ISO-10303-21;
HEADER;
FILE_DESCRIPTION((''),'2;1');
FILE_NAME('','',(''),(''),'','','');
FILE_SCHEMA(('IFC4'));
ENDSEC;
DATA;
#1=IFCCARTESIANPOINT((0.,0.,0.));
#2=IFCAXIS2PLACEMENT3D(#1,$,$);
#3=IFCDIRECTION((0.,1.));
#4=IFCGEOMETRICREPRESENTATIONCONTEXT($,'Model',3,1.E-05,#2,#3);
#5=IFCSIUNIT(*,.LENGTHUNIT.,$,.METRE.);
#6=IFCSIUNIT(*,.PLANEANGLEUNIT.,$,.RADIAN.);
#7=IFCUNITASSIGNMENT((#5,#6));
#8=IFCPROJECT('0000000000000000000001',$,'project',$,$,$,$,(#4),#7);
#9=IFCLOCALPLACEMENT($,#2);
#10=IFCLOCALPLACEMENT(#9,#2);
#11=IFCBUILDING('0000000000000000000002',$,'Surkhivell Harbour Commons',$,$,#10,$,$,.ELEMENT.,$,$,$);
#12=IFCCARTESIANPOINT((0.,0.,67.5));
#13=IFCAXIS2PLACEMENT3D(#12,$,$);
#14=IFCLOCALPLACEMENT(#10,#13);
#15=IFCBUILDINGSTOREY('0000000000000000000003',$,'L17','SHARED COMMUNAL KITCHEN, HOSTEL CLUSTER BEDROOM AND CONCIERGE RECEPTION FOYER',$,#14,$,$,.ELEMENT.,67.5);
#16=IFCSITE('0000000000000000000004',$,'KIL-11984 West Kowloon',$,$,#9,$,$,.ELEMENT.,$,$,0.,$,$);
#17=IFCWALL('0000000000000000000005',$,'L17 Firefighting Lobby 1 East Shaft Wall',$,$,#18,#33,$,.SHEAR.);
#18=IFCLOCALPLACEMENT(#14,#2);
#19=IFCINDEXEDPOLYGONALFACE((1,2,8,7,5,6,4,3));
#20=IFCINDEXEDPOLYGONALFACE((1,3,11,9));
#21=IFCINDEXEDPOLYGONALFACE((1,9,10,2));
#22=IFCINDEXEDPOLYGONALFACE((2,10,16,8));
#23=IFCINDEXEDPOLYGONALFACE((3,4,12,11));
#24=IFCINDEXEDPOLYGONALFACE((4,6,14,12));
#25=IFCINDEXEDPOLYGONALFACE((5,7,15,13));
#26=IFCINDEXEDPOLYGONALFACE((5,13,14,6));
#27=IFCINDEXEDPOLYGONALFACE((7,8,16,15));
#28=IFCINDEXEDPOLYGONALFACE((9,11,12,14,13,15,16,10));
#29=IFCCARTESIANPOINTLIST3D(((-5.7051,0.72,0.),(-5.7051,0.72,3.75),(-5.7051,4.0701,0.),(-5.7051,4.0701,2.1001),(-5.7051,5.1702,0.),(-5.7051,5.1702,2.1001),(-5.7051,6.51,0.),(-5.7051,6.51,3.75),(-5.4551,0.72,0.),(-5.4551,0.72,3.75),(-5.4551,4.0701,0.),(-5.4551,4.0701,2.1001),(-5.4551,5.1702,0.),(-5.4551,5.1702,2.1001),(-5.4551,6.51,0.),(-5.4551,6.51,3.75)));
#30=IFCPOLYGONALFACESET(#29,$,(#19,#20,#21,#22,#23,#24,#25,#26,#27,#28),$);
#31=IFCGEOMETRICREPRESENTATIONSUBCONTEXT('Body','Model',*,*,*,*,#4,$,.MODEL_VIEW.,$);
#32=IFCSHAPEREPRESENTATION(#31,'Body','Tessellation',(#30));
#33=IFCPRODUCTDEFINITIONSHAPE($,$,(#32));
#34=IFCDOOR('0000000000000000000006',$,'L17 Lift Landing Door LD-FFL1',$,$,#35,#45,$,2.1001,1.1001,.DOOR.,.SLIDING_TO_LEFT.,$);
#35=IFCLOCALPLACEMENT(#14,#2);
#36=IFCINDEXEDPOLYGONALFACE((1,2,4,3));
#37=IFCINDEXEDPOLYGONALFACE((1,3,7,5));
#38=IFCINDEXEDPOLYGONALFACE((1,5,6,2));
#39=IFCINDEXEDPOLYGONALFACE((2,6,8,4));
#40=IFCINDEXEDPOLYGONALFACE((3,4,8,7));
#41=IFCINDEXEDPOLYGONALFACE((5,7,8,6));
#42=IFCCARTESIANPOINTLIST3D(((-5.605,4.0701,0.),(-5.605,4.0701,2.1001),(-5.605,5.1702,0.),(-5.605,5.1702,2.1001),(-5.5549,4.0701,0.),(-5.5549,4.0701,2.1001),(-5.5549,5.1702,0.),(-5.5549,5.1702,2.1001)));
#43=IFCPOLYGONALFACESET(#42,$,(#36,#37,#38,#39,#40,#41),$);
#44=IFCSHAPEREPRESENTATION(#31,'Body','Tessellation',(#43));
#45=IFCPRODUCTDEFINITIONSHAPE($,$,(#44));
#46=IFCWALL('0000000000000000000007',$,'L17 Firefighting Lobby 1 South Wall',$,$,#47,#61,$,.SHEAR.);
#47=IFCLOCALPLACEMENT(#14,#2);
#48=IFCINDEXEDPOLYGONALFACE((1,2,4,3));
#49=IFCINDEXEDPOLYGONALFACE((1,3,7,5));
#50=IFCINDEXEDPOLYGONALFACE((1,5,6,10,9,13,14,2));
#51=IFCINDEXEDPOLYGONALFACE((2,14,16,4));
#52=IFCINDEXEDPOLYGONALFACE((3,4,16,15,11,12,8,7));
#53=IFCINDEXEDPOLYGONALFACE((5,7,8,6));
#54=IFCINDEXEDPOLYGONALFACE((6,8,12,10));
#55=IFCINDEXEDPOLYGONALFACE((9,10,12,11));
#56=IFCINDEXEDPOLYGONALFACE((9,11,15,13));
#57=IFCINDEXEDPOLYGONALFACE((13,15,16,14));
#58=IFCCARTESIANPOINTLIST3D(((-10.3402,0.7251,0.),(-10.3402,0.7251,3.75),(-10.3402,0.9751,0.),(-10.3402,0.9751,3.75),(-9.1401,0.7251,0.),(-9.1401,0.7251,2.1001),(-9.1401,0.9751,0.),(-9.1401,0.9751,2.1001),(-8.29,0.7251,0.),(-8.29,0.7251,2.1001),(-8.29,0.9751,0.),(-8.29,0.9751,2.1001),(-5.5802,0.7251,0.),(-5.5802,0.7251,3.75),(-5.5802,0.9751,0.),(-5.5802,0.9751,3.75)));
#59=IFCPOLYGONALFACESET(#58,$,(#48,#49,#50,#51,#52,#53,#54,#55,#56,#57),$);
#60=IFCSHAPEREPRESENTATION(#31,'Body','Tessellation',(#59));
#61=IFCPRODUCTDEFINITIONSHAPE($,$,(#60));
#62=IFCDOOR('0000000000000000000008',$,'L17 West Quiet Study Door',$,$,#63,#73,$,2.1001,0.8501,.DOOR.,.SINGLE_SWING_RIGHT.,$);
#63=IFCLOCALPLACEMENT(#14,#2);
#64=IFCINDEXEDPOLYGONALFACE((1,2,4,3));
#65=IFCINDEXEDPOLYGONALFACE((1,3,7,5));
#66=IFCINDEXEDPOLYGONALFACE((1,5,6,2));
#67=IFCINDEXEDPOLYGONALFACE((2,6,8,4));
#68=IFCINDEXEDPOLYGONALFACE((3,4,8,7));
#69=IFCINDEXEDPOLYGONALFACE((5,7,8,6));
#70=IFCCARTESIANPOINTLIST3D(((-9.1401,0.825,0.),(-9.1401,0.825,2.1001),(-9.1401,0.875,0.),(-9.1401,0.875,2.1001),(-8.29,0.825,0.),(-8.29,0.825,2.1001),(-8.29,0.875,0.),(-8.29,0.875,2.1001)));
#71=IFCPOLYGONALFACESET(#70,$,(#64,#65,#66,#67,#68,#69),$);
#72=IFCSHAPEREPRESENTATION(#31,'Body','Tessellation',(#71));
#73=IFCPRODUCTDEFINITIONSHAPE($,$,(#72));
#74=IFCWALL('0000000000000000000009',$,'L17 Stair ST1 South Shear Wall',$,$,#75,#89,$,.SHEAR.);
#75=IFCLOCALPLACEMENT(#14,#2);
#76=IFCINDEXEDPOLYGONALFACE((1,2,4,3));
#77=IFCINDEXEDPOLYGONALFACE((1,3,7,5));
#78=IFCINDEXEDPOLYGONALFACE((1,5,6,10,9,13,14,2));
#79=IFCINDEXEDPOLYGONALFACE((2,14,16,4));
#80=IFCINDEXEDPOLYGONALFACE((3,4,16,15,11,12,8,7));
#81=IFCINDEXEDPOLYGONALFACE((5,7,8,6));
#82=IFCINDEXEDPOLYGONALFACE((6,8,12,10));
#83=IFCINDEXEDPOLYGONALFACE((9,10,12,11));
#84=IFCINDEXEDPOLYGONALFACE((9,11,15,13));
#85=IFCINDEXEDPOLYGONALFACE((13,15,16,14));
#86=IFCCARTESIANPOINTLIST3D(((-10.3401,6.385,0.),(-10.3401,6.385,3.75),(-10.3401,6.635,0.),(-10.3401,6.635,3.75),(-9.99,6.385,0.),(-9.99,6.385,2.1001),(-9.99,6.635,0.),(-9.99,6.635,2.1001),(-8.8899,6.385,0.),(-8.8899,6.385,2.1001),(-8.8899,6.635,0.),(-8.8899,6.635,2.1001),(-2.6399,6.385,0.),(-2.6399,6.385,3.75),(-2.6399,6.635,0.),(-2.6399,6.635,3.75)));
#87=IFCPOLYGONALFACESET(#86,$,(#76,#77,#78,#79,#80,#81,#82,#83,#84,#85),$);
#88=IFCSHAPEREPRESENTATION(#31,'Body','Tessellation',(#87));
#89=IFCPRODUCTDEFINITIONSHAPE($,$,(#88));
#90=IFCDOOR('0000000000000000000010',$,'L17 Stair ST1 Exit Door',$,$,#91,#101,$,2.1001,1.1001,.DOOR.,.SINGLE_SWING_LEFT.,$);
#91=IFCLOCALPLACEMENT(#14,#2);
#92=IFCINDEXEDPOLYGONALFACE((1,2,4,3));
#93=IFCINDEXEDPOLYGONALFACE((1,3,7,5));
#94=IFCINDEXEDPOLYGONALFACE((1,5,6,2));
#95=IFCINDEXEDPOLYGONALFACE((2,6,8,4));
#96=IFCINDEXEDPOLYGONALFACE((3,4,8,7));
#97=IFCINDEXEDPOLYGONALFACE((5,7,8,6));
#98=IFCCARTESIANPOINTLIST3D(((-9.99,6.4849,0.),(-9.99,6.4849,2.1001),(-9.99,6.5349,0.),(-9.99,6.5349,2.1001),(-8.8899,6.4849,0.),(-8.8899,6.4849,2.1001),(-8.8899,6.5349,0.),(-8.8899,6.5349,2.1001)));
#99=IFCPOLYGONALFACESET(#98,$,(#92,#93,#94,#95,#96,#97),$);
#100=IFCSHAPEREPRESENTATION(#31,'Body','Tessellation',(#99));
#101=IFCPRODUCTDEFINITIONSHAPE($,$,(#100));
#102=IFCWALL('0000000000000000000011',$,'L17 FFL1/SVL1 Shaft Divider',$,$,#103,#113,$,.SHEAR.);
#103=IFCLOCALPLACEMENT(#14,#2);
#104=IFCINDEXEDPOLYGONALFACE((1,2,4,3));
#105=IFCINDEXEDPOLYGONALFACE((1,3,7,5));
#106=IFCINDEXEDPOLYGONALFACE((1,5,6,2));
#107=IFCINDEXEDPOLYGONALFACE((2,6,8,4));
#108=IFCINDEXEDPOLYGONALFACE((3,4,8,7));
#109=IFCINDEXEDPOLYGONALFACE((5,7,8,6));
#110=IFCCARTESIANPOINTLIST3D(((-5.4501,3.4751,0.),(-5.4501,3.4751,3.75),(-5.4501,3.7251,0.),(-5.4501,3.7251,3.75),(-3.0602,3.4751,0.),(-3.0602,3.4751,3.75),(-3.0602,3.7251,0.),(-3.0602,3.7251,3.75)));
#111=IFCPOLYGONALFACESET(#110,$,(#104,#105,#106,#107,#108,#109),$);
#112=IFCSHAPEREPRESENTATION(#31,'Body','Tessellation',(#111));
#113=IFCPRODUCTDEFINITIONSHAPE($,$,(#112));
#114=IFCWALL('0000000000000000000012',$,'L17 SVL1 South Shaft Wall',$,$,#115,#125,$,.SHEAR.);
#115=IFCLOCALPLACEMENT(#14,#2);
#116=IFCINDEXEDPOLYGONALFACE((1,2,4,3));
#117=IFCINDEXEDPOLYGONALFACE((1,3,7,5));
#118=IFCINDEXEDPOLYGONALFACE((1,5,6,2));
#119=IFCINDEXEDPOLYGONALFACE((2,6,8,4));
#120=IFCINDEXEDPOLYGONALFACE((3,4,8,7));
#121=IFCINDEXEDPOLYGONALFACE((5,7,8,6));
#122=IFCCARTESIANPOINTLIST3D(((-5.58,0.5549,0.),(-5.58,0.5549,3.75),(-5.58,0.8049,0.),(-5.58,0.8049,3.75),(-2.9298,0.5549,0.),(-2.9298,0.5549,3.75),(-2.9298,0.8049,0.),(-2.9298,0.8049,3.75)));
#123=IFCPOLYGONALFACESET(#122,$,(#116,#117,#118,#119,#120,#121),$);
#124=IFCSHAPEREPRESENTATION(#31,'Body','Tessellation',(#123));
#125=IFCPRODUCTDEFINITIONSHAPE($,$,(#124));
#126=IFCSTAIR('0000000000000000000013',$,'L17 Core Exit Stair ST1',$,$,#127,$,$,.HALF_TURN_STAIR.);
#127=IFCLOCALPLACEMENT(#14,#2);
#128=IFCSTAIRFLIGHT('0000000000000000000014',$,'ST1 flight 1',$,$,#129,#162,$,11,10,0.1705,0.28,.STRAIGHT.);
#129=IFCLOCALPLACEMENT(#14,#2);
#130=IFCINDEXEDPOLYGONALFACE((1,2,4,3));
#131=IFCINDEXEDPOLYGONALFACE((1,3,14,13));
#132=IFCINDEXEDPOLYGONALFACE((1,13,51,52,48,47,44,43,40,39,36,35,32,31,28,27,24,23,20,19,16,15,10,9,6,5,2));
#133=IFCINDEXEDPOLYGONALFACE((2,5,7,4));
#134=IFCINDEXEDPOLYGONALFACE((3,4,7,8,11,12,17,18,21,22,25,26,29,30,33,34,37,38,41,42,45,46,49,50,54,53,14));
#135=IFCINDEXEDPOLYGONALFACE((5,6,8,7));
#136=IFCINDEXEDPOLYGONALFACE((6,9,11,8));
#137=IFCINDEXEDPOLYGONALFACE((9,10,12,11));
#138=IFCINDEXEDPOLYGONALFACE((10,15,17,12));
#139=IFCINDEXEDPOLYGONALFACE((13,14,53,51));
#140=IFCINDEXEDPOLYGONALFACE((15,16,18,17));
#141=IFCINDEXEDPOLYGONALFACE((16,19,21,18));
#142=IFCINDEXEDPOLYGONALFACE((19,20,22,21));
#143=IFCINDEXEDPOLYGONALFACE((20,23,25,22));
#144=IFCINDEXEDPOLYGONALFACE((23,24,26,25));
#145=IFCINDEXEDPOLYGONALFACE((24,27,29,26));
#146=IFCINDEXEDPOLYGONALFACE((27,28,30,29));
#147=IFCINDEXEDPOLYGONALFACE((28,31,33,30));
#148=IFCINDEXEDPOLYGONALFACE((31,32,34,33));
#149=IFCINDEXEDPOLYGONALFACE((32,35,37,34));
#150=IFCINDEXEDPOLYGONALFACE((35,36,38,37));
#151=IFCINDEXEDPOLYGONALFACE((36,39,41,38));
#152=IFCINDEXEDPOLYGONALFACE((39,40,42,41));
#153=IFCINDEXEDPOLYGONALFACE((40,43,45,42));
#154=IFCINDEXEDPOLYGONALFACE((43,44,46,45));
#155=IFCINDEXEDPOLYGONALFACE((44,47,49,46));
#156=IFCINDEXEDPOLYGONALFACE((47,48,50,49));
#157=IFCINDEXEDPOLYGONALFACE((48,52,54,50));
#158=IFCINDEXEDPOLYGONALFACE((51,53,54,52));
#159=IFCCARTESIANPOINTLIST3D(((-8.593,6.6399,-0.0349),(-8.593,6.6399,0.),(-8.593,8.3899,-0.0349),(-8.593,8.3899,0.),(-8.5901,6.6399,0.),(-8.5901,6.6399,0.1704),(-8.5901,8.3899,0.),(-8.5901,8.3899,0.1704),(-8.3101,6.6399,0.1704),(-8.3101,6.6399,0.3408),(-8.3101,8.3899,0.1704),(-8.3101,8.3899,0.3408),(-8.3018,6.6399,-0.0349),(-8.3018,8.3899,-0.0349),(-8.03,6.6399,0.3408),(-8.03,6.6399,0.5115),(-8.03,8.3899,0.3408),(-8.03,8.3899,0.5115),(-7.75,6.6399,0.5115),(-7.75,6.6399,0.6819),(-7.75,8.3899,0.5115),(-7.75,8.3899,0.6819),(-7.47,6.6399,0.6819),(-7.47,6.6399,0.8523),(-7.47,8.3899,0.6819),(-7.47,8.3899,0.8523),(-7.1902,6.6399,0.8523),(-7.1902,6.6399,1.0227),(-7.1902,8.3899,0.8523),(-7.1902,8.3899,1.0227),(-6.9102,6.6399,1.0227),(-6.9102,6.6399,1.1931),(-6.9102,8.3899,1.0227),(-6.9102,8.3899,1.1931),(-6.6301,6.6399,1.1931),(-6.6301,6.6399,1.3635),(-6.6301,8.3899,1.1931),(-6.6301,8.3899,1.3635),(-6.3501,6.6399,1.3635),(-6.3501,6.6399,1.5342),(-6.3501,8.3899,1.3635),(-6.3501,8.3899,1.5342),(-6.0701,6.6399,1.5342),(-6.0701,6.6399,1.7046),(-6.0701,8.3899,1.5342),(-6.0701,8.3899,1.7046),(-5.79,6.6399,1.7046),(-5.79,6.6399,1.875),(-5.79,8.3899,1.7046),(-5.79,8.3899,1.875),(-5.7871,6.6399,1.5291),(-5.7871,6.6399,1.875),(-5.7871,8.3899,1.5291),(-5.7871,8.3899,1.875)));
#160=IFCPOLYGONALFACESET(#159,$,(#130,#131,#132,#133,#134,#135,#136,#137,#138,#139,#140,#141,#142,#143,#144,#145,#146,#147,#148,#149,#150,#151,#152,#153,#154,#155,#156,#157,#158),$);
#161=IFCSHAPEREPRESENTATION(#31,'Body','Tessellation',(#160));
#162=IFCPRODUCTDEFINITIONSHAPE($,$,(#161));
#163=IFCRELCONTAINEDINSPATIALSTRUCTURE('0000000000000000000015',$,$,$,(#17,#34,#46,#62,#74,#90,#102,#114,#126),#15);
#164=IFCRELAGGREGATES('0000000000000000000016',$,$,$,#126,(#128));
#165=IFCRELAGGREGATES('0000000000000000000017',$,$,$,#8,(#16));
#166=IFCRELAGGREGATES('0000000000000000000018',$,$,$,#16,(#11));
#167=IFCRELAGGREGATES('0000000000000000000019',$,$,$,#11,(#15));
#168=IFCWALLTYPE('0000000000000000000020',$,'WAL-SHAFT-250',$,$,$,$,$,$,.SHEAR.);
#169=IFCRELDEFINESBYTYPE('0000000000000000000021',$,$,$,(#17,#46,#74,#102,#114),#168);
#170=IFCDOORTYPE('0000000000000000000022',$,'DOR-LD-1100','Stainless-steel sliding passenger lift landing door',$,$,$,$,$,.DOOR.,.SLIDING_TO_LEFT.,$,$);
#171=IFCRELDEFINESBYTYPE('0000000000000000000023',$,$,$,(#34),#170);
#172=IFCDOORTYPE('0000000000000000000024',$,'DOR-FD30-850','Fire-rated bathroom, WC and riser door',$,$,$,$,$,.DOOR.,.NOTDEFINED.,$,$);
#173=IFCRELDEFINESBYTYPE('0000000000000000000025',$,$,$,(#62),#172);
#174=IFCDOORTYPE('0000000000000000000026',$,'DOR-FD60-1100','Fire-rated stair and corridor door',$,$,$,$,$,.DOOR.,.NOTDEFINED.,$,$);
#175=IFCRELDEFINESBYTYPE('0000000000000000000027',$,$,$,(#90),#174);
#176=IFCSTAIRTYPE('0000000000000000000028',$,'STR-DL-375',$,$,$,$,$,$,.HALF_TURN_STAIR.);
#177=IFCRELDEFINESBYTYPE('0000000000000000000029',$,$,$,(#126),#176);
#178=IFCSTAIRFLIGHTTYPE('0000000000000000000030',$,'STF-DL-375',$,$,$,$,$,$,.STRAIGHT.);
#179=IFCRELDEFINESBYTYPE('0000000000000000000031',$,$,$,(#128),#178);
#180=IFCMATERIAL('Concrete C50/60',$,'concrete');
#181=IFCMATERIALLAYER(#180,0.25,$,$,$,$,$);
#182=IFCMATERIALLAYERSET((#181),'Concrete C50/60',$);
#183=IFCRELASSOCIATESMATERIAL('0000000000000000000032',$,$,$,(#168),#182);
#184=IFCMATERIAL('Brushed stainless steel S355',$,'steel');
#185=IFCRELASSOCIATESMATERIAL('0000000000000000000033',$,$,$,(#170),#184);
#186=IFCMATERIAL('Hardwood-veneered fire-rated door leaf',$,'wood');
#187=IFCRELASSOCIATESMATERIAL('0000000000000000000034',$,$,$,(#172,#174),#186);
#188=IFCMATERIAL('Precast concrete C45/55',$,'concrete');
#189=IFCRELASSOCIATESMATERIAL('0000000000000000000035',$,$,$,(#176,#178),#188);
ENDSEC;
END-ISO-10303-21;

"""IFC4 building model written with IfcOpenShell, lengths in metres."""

from ifc_helpers import new_model, si_unit, direction, frame, frame_2d, origin, place, context, subcontext, project, spatial, polyline, rectangle, outline, extrude, material, layer, layer_set, type_object, element, fill, aggregate, save


model = new_model("IFC4")

# Units and contexts
model_context = context("Model", 3, precision=1e-05, world=origin(), true_north=direction((0.0, 1.0)))
body_context = subcontext(model_context, "Body", "Model", "MODEL_VIEW")
ifc_project = project(units=[si_unit("LENGTHUNIT", "METRE"), si_unit("PLANEANGLEUNIT", "RADIAN")], contexts=[model_context])

# Site, building, storey
site_placement = place(None, origin())
site = spatial("IfcSite", under=ifc_project, at=site_placement, Name="KIL-11984 West Kowloon", CompositionType="ELEMENT", RefElevation=0.0)
building_placement = place(site_placement, origin())
building = spatial("IfcBuilding", under=site, at=building_placement, Name="Surkhivell Harbour Commons", CompositionType="ELEMENT")
storey_placement = place(building_placement, frame((0.0, 0.0, 67.5)))
storey = spatial("IfcBuildingStorey", under=building, at=storey_placement, Name="L17", Description="SHARED COMMUNAL KITCHEN, HOSTEL CLUSTER BEDROOM AND CONCIERGE RECEPTION FOYER", CompositionType="ELEMENT", Elevation=67.5)

# Shared definitions
ifc_material_1 = material(Name="Hardwood-veneered fire-rated door leaf", Category="wood")

# Walls, openings, doors
ifc_material_2 = material(Name="Concrete C50/60", Category="concrete")
ifc_layer_1 = layer(ifc_material_2, 0.25)
ifc_layer_set_1 = layer_set([ifc_layer_1], Name="Concrete C50/60")
wall_type_1 = type_object("IfcWallType", Name="WAL-SHAFT-250", PredefinedType="SHEAR", material=ifc_layer_set_1)
wall_1_placement = place(storey_placement, frame((-5.5801, 0.72, 0.0), z_axis=(0.0, 0.0, 1.0), x_axis=(0.0, 1.0, 0.0)))
wall_1 = element("IfcWall", 1, at=wall_1_placement, inside=storey, type_object=wall_type_1, Name="L17 Firefighting Lobby 1 East Shaft Wall", PredefinedType="SHEAR", context=body_context, shape_type="SweptSolid", body=[
    extrude(rectangle(XDim=5.79, YDim=0.25, at=frame_2d((2.895, 0.0))), origin(), (0.0, 0.0, 1.0), 3.75),
])
opening_1_placement = place(wall_1_placement, frame((3.3501, 0.0, 0.0)))
opening_1 = element("IfcOpeningElement", 2, at=opening_1_placement, cuts=wall_1, PredefinedType="OPENING", context=body_context, shape_type="SweptSolid", body=[
    extrude(rectangle(XDim=1.1001, YDim=2.1001, at=frame_2d((0.55, 1.05))), frame((0.0, 0.135, 0.0), z_axis=(0.0, -1.0, 0.0), x_axis=(1.0, 0.0, 0.0)), (0.0, 0.0, 1.0), 0.27),
])
ifc_material_3 = material(Name="Brushed stainless steel S355", Category="steel")
door_type_1 = type_object("IfcDoorType", Name="DOR-LD-1100", Description="Stainless-steel sliding passenger lift landing door", OperationType="SLIDING_TO_LEFT", PredefinedType="DOOR", material=ifc_material_3)
door_1_placement = place(opening_1_placement, origin())
door_1 = element("IfcDoor", 3, at=door_1_placement, inside=storey, type_object=door_type_1, Name="L17 Lift Landing Door LD-FFL1", OperationType="SLIDING_TO_LEFT", OverallHeight=2.1001, OverallWidth=1.1001, PredefinedType="DOOR", context=body_context, shape_type="SweptSolid", body=[
    extrude(rectangle(XDim=1.1001, YDim=2.1001, at=frame_2d((0.55, 1.05))), frame((0.0, 0.0249, 0.0), z_axis=(0.0, -1.0, 0.0), x_axis=(1.0, 0.0, 0.0)), (0.0, 0.0, 1.0), 0.05),
])
fill(opening_1, door_1)
wall_2_placement = place(storey_placement, frame((-10.3401, 0.8501, 0.0), z_axis=(0.0, 0.0, 1.0), x_axis=(1.0, 0.0, 0.0)))
wall_2 = element("IfcWall", 4, at=wall_2_placement, inside=storey, type_object=wall_type_1, Name="L17 Firefighting Lobby 1 South Wall", PredefinedType="SHEAR", context=body_context, shape_type="SweptSolid", body=[
    extrude(rectangle(XDim=4.76, YDim=0.25, at=frame_2d((2.3799, 0.0))), origin(), (0.0, 0.0, 1.0), 3.75),
])
opening_2_placement = place(wall_2_placement, frame((1.2, 0.0, 0.0)))
opening_2 = element("IfcOpeningElement", 5, at=opening_2_placement, cuts=wall_2, PredefinedType="OPENING", context=body_context, shape_type="SweptSolid", body=[
    extrude(rectangle(XDim=0.8501, YDim=2.1001, at=frame_2d((0.425, 1.05))), frame((0.0, 0.135, 0.0), z_axis=(0.0, -1.0, 0.0), x_axis=(1.0, 0.0, 0.0)), (0.0, 0.0, 1.0), 0.27),
])
door_type_2 = type_object("IfcDoorType", Name="DOR-FD30-850", Description="Fire-rated bathroom, WC and riser door", OperationType="NOTDEFINED", PredefinedType="DOOR", material=ifc_material_1)
door_2_placement = place(opening_2_placement, origin())
door_2 = element("IfcDoor", 6, at=door_2_placement, inside=storey, type_object=door_type_2, Name="L17 West Quiet Study Door", OperationType="SINGLE_SWING_RIGHT", OverallHeight=2.1001, OverallWidth=0.8501, PredefinedType="DOOR", context=body_context, shape_type="SweptSolid", body=[
    extrude(rectangle(XDim=0.8501, YDim=2.1001, at=frame_2d((0.425, 1.05))), frame((0.0, 0.0249, 0.0), z_axis=(0.0, -1.0, 0.0), x_axis=(1.0, 0.0, 0.0)), (0.0, 0.0, 1.0), 0.05),
])
fill(opening_2, door_2)
wall_3_placement = place(storey_placement, frame((-10.3401, 6.51, 0.0), z_axis=(0.0, 0.0, 1.0), x_axis=(1.0, 0.0, 0.0)))
wall_3 = element("IfcWall", 7, at=wall_3_placement, inside=storey, type_object=wall_type_1, Name="L17 Stair ST1 South Shear Wall", PredefinedType="SHEAR", context=body_context, shape_type="SweptSolid", body=[
    extrude(rectangle(XDim=7.7002, YDim=0.25, at=frame_2d((3.8501, 0.0))), origin(), (0.0, 0.0, 1.0), 3.75),
])
opening_3_placement = place(wall_3_placement, frame((0.3501, 0.0, 0.0)))
opening_3 = element("IfcOpeningElement", 8, at=opening_3_placement, cuts=wall_3, PredefinedType="OPENING", context=body_context, shape_type="SweptSolid", body=[
    extrude(rectangle(XDim=1.1001, YDim=2.1001, at=frame_2d((0.55, 1.05))), frame((0.0, 0.135, 0.0), z_axis=(0.0, -1.0, 0.0), x_axis=(1.0, 0.0, 0.0)), (0.0, 0.0, 1.0), 0.27),
])
door_type_3 = type_object("IfcDoorType", Name="DOR-FD60-1100", Description="Fire-rated stair and corridor door", OperationType="NOTDEFINED", PredefinedType="DOOR", material=ifc_material_1)
door_3_placement = place(opening_3_placement, origin())
door_3 = element("IfcDoor", 9, at=door_3_placement, inside=storey, type_object=door_type_3, Name="L17 Stair ST1 Exit Door", OperationType="SINGLE_SWING_LEFT", OverallHeight=2.1001, OverallWidth=1.1001, PredefinedType="DOOR", context=body_context, shape_type="SweptSolid", body=[
    extrude(rectangle(XDim=1.1001, YDim=2.1001, at=frame_2d((0.55, 1.05))), frame((0.0, 0.0249, 0.0), z_axis=(0.0, -1.0, 0.0), x_axis=(1.0, 0.0, 0.0)), (0.0, 0.0, 1.0), 0.05),
])
fill(opening_3, door_3)

# Walls
wall_4_placement = place(storey_placement, frame((-5.45, 3.6001, 0.0), z_axis=(0.0, 0.0, 1.0), x_axis=(1.0, 0.0, 0.0)))
element("IfcWall", 10, at=wall_4_placement, inside=storey, type_object=wall_type_1, Name="L17 FFL1/SVL1 Shaft Divider", PredefinedType="SHEAR", context=body_context, shape_type="SweptSolid", body=[
    extrude(rectangle(XDim=2.3899, YDim=0.25, at=frame_2d((1.1948, 0.0))), origin(), (0.0, 0.0, 1.0), 3.75),
])
wall_5_placement = place(storey_placement, frame((-5.5801, 0.6799, 0.0), z_axis=(0.0, 0.0, 1.0), x_axis=(1.0, 0.0, 0.0)))
element("IfcWall", 11, at=wall_5_placement, inside=storey, type_object=wall_type_1, Name="L17 SVL1 South Shaft Wall", PredefinedType="SHEAR", context=body_context, shape_type="SweptSolid", body=[
    extrude(rectangle(XDim=2.6501, YDim=0.25, at=frame_2d((1.3252, 0.0))), origin(), (0.0, 0.0, 1.0), 3.75),
])

# Stair, stair flight
ifc_material_4 = material(Name="Precast concrete C45/55", Category="concrete")
stair_type = type_object("IfcStairType", Name="STR-DL-375", PredefinedType="HALF_TURN_STAIR", material=ifc_material_4)
stair_placement = place(storey_placement, origin())
stair = element("IfcStair", 12, at=stair_placement, inside=storey, type_object=stair_type, Name="L17 Core Exit Stair ST1", PredefinedType="HALF_TURN_STAIR")
stair_flight_type = type_object("IfcStairFlightType", Name="STF-DL-375", PredefinedType="STRAIGHT", material=ifc_material_4)
stair_flight_1_placement = place(storey_placement, frame((-8.5901, 7.5149, 0.0), z_axis=(0.0, 0.0, 1.0), x_axis=(1.0, 0.0, 0.0)))
stair_flight_1 = element("IfcStairFlight", 13, at=stair_flight_1_placement, type_object=stair_flight_type, Name="ST1 flight 1", NumberOfRisers=11, NumberOfTreads=10, PredefinedType="STRAIGHT", RiserHeight=0.1705, TreadLength=0.28, context=body_context, shape_type="SweptSolid", body=[
    extrude(outline(polyline([(-0.0029, -0.0349), (-0.0029, 0.0), (0.0, 0.0), (0.0, 0.1704), (0.28, 0.1704), (0.28, 0.3408), (0.5601, 0.3408), (0.5601, 0.5115), (0.8401, 0.5115), (0.8401, 0.6819), (1.1201, 0.6819), (1.1201, 0.8523), (1.3999, 0.8523), (1.3999, 1.0227), (1.6799, 1.0227), (1.6799, 1.1931), (1.96, 1.1931), (1.96, 1.3635), (2.24, 1.3635), (2.24, 1.5342), (2.52, 1.5342), (2.52, 1.7046), (2.8, 1.7046), (2.8, 1.875), (2.803, 1.875), (2.803, 1.5291), (0.2883, -0.0349), (-0.0029, -0.0349)])), frame((0.0, 0.875, 0.0), z_axis=(0.0, -1.0, 0.0), x_axis=(1.0, 0.0, 0.0)), (0.0, 0.0, 1.0), 1.75),
])
aggregate(stair, [stair_flight_1])

save(model, "model.ifc")
